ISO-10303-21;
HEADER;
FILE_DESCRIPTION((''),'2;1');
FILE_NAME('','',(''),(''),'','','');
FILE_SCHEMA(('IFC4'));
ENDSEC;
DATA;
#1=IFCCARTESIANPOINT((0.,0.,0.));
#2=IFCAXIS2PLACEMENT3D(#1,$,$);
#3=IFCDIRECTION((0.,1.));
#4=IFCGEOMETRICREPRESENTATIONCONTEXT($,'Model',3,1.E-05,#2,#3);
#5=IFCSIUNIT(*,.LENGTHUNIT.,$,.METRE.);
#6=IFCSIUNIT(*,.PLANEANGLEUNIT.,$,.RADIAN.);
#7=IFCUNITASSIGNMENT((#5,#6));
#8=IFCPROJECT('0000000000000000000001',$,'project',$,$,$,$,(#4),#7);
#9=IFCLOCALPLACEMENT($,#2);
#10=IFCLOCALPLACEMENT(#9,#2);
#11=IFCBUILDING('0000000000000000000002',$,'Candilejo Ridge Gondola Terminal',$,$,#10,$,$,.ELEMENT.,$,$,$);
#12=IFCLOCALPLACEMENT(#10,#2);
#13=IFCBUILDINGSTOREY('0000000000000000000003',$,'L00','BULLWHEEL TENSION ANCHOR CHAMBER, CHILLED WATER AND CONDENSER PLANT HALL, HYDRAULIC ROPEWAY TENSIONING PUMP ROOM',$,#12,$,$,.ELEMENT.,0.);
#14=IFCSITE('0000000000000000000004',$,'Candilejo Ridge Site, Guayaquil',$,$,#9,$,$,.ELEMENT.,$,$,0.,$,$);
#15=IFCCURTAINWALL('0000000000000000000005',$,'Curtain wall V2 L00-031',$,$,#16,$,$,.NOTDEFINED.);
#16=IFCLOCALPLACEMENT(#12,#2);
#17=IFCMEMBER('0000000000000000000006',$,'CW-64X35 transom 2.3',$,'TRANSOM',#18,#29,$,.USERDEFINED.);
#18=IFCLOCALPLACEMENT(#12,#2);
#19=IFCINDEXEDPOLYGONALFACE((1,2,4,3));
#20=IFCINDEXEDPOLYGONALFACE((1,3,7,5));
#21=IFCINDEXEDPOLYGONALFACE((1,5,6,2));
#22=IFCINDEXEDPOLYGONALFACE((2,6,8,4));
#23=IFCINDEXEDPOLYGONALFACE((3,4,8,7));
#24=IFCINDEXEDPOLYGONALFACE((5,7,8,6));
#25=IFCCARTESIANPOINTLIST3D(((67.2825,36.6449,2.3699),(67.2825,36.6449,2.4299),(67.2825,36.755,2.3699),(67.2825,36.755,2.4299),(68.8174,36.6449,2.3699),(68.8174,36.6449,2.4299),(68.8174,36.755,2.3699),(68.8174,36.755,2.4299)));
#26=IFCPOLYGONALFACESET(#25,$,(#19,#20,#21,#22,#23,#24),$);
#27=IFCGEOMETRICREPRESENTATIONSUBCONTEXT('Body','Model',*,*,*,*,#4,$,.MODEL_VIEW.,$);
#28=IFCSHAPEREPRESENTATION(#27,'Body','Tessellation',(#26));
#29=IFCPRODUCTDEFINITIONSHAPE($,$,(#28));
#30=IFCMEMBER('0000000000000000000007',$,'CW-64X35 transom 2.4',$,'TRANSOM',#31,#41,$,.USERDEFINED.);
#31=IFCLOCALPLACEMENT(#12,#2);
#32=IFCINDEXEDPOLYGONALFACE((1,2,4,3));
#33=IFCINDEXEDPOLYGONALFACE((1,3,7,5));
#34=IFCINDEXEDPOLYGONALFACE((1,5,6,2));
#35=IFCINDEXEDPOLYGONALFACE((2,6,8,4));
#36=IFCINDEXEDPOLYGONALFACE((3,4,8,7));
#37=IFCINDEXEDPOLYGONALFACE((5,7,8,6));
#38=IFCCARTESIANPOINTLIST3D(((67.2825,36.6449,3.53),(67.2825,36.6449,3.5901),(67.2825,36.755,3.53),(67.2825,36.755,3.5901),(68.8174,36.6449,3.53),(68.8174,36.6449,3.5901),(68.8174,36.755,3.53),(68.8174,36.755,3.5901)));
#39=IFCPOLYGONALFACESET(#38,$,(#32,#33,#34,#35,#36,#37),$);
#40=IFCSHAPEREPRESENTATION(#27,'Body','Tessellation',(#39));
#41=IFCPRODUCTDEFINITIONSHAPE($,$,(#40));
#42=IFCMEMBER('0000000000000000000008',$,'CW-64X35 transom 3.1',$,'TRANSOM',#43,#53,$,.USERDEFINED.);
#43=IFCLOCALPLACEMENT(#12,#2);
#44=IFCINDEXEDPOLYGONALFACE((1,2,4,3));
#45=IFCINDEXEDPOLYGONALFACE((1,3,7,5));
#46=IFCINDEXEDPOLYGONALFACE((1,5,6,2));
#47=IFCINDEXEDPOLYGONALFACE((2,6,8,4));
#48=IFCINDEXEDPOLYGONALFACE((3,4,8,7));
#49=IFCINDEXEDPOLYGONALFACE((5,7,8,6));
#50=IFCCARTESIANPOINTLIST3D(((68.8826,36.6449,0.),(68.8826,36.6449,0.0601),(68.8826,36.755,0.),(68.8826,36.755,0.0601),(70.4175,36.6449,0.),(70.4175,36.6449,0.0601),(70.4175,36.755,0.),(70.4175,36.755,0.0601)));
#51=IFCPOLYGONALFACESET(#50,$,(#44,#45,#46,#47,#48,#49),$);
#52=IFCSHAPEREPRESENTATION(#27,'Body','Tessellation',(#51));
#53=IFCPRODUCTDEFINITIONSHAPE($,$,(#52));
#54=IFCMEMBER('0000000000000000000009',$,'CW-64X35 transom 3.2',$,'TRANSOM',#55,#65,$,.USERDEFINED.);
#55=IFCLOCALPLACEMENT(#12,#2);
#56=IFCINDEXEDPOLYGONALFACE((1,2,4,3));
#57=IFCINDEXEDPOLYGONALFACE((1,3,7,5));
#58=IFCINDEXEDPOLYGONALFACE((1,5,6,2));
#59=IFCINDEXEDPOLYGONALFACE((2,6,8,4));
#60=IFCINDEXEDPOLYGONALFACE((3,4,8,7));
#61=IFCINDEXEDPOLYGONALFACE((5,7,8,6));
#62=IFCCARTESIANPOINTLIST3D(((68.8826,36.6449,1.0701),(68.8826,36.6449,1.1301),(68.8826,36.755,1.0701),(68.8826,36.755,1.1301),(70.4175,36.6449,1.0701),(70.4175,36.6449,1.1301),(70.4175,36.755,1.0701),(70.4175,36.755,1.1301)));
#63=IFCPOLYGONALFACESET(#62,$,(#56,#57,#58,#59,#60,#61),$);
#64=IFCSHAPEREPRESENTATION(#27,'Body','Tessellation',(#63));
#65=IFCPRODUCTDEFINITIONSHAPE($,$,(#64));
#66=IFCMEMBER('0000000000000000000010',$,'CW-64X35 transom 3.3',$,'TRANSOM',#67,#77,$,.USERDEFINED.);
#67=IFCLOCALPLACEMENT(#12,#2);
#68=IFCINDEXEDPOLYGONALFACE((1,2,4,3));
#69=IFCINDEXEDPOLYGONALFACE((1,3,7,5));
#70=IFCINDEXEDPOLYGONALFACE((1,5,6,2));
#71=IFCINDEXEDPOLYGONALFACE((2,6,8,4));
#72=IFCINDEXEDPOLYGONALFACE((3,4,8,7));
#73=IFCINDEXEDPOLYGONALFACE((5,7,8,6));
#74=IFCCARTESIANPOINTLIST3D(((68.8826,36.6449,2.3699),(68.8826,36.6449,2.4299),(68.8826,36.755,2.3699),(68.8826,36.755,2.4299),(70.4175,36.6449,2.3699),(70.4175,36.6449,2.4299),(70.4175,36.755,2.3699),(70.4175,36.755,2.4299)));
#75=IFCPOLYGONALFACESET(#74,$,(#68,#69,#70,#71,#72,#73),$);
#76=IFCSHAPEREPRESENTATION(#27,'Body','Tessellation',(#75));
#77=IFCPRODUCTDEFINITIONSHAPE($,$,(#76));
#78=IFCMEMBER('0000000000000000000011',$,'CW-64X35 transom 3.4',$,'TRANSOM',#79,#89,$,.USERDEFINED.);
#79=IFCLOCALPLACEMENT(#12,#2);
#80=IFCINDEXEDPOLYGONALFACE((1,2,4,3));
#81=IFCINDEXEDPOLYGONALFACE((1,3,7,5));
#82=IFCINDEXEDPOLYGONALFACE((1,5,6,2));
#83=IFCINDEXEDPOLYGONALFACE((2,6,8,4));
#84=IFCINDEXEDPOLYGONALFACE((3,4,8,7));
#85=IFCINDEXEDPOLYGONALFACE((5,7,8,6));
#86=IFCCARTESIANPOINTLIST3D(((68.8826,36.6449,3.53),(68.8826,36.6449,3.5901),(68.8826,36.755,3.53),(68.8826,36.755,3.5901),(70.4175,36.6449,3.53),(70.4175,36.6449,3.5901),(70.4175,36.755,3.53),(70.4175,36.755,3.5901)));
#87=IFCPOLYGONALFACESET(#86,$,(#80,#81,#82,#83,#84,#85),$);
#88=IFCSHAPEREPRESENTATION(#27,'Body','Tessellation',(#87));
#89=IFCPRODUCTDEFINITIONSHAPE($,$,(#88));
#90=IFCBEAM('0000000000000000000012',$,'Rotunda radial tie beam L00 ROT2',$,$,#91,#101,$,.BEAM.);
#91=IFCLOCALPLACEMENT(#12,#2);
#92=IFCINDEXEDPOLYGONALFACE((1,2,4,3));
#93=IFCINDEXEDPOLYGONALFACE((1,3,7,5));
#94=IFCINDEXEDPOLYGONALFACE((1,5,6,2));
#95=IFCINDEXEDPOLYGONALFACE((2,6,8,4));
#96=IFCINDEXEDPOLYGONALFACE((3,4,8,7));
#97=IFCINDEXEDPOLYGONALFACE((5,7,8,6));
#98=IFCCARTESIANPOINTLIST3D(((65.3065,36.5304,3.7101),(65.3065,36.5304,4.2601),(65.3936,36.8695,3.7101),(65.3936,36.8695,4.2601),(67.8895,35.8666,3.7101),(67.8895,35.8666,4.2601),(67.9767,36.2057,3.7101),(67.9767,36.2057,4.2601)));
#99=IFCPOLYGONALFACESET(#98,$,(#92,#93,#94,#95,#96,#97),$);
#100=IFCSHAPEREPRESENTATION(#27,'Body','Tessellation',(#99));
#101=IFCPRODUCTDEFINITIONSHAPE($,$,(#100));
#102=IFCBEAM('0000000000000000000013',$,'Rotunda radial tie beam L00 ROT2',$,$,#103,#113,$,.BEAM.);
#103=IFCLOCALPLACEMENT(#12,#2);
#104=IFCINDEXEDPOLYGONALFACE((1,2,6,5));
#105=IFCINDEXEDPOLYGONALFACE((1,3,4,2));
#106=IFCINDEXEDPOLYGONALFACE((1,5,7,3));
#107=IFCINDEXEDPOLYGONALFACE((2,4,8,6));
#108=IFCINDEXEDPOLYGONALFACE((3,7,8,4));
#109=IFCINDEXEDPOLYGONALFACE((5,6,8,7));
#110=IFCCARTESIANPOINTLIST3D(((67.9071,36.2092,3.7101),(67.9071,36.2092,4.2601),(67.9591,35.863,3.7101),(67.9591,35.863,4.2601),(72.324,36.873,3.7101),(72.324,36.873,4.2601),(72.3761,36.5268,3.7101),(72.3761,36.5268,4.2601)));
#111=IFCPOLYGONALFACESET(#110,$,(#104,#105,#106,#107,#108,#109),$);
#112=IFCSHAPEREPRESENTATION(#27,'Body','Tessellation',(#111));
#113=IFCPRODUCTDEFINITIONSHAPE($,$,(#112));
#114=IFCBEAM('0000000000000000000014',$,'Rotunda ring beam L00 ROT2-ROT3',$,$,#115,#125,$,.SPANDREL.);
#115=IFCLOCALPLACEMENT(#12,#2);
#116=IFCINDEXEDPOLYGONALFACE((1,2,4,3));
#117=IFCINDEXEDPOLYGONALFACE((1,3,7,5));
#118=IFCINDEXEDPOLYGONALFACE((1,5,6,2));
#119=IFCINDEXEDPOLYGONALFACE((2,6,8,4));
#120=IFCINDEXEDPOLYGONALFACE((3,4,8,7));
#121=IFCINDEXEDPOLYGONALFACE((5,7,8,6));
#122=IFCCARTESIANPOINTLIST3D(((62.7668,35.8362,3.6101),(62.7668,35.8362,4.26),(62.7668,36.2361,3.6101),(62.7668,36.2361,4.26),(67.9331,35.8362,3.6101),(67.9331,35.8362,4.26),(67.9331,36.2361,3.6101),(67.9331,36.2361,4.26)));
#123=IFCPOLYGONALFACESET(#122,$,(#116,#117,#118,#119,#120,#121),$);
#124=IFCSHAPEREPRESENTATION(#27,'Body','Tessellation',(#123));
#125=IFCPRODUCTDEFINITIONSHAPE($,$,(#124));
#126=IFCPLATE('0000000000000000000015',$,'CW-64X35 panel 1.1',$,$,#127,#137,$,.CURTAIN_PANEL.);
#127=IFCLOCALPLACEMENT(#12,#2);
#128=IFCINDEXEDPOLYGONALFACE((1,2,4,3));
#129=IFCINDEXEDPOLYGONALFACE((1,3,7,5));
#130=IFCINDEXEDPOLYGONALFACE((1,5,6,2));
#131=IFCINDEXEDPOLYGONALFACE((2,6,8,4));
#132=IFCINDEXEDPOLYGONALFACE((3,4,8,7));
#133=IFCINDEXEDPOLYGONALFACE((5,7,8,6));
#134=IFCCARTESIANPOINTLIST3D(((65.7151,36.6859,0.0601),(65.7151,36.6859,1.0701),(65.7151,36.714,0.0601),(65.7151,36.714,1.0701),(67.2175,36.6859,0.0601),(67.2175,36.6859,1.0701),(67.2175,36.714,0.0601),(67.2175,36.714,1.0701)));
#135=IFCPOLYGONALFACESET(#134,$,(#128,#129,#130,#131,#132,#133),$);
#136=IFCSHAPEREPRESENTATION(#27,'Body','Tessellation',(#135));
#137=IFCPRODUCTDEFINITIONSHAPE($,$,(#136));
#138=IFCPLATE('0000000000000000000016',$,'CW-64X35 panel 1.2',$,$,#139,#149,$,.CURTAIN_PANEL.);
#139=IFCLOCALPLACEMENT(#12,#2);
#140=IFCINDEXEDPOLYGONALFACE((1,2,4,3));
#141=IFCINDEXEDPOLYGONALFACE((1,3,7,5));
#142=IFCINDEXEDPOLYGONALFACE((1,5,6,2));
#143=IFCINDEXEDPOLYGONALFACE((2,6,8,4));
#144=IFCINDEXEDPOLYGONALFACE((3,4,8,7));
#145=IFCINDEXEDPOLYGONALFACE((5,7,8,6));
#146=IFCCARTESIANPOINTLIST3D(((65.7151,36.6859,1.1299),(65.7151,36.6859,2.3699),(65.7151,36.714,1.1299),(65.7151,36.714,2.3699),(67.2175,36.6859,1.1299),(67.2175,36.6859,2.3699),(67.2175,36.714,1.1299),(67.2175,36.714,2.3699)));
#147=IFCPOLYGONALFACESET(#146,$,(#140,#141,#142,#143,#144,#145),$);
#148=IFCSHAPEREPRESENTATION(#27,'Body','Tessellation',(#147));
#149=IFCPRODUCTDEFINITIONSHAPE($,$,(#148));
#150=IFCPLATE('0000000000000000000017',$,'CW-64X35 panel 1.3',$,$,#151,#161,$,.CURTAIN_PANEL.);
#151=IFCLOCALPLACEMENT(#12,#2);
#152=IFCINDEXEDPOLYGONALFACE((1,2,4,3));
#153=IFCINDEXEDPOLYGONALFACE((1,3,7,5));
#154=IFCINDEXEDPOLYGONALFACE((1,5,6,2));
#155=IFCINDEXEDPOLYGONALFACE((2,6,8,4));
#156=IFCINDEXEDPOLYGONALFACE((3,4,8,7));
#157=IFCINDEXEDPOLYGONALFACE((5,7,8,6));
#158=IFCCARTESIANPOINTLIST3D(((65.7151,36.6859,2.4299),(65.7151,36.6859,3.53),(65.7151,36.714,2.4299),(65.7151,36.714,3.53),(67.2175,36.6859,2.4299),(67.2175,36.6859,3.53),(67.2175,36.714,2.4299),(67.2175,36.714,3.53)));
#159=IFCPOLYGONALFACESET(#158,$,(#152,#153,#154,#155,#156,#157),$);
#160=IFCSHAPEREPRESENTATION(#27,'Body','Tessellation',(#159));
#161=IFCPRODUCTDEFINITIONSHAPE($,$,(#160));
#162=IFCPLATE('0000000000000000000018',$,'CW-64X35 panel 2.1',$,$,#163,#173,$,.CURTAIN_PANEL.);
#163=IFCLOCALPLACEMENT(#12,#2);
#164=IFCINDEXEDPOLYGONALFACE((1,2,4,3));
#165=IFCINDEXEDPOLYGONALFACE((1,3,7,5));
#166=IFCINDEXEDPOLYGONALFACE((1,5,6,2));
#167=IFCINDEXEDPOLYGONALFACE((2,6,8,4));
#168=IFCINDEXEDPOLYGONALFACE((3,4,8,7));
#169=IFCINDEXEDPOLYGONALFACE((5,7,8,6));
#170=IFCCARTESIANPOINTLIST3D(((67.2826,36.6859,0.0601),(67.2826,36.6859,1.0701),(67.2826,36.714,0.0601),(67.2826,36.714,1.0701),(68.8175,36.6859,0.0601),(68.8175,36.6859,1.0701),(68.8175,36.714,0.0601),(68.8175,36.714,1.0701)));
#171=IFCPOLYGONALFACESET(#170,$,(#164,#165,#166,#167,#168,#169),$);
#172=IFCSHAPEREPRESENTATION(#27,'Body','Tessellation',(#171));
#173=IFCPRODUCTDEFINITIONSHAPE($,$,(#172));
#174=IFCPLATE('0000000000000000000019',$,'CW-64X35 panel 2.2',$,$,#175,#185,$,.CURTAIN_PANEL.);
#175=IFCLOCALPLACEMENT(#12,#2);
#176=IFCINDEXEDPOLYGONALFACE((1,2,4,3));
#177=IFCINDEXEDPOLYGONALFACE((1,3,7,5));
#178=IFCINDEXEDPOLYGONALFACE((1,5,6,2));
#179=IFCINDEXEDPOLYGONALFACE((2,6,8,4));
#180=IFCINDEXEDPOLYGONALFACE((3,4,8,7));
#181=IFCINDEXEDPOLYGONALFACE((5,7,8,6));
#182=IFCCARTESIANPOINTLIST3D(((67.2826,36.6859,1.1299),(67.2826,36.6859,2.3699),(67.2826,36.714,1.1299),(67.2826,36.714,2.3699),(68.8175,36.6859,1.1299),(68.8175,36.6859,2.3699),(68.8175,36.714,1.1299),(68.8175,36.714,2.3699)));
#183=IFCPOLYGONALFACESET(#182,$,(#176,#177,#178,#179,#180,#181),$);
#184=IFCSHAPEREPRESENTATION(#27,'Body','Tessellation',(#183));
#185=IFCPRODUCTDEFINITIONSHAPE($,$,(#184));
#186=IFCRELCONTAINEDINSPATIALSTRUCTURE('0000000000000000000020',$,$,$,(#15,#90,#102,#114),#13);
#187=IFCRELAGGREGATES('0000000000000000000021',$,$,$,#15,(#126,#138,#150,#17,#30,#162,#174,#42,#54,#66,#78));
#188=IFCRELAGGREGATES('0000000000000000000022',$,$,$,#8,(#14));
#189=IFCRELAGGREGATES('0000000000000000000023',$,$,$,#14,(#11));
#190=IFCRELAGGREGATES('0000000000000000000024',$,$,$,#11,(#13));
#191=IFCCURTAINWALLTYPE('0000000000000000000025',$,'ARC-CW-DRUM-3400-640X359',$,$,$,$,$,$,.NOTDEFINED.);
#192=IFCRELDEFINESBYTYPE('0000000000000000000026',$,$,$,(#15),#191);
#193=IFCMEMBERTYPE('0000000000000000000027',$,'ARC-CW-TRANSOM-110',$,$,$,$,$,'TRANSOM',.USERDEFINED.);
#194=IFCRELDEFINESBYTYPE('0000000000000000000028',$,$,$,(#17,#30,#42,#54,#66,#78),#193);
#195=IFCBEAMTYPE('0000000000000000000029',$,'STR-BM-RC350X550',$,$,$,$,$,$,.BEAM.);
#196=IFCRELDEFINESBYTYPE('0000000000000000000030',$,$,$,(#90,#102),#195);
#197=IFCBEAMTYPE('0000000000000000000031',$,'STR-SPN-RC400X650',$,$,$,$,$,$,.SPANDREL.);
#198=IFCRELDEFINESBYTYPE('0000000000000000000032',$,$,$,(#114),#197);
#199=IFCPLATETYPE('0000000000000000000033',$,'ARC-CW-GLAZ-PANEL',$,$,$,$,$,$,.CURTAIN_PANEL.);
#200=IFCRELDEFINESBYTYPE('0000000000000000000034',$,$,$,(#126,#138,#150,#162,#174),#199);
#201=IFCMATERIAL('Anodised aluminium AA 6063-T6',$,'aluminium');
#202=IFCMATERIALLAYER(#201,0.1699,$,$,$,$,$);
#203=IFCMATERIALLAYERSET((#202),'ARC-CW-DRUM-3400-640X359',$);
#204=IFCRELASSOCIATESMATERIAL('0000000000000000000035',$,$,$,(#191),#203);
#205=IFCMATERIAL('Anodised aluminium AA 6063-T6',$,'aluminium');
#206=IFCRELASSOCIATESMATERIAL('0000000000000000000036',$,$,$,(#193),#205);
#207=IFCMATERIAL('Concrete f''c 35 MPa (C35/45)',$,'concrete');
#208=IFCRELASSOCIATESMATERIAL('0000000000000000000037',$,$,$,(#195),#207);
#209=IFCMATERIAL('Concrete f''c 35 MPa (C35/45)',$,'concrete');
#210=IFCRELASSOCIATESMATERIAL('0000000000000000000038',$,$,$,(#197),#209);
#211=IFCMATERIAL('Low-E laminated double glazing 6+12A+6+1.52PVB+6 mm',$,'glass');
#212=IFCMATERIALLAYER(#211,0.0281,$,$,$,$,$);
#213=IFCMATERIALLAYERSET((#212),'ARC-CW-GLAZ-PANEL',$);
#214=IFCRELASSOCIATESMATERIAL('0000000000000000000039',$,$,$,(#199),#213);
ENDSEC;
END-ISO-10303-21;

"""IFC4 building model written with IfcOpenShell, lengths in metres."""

from ifc_helpers import new_model, si_unit, direction, frame, origin, origin_2d, place, context, subcontext, project, spatial, rectangle, extrude, material, layer, layer_set, material_profile, profile_set, type_object, element, aggregate, save


model = new_model("IFC4")

# Units and contexts
model_context = context("Model", 3, precision=1e-05, world=origin(), true_north=direction((0.0, 1.0)))
body_context = subcontext(model_context, "Body", "Model", "MODEL_VIEW")
ifc_project = project(units=[si_unit("LENGTHUNIT", "METRE"), si_unit("PLANEANGLEUNIT", "RADIAN")], contexts=[model_context])

# Site, building, storey
site_placement = place(None, origin())
site = spatial("IfcSite", under=ifc_project, at=site_placement, Name="Candilejo Ridge Site, Guayaquil", CompositionType="ELEMENT", RefElevation=0.0)
building_placement = place(site_placement, origin())
building = spatial("IfcBuilding", under=site, at=building_placement, Name="Candilejo Ridge Gondola Terminal", CompositionType="ELEMENT")
storey_placement = place(building_placement, origin())
storey = spatial("IfcBuildingStorey", under=building, at=storey_placement, Name="L00", Description="BULLWHEEL TENSION ANCHOR CHAMBER, CHILLED WATER AND CONDENSER PLANT HALL, HYDRAULIC ROPEWAY TENSIONING PUMP ROOM", CompositionType="ELEMENT", Elevation=0.0)

# Curtain wall, members
ifc_material_1 = material(Name="Anodised aluminium AA 6063-T6", Category="aluminium")
ifc_layer_1 = layer(ifc_material_1, 0.1699)
ifc_layer_set_1 = layer_set([ifc_layer_1], Name="ARC-CW-DRUM-3400-640X359")
curtain_wall_type = type_object("IfcCurtainWallType", Name="ARC-CW-DRUM-3400-640X359", PredefinedType="NOTDEFINED", material=ifc_layer_set_1)
curtain_wall_placement = place(storey_placement, origin())
curtain_wall = element("IfcCurtainWall", 1, at=curtain_wall_placement, inside=storey, type_object=curtain_wall_type, Name="Curtain wall V2 L00-031", PredefinedType="NOTDEFINED")
ifc_material_2 = material(Name="Anodised aluminium AA 6063-T6", Category="aluminium")
ifc_material_profile_1 = material_profile(ifc_material_2, rectangle(XDim=0.1101, YDim=0.0601, at=origin_2d()))
ifc_profile_set_1 = profile_set([ifc_material_profile_1], Name="Anodised aluminium AA 6063-T6")
member_type_1 = type_object("IfcMemberType", Name="ARC-CW-TRANSOM-110", ElementType="TRANSOM", PredefinedType="USERDEFINED", material=ifc_profile_set_1)
member_1_placement = place(storey_placement, frame((67.2825, 36.7, 2.3999), z_axis=(1.0, 0.0, 0.0), x_axis=(0.0, 1.0, 0.0)))
member_1 = element("IfcMember", 2, at=member_1_placement, type_object=member_type_1, Name="CW-64X35 transom 2.3", ObjectType="TRANSOM", PredefinedType="USERDEFINED", context=body_context, shape_type="SweptSolid", body=[
    extrude(rectangle(XDim=0.1101, YDim=0.0601, at=origin_2d()), origin(), (0.0, 0.0, 1.0), 1.5349),
])
member_2_placement = place(storey_placement, frame((67.2825, 36.7, 3.5601), z_axis=(1.0, 0.0, 0.0), x_axis=(0.0, 1.0, 0.0)))
member_2 = element("IfcMember", 3, at=member_2_placement, type_object=member_type_1, Name="CW-64X35 transom 2.4", ObjectType="TRANSOM", PredefinedType="USERDEFINED", context=body_context, shape_type="SweptSolid", body=[
    extrude(rectangle(XDim=0.1101, YDim=0.0601, at=origin_2d()), origin(), (0.0, 0.0, 1.0), 1.5349),
])
member_3_placement = place(storey_placement, frame((68.8826, 36.7, 0.03), z_axis=(1.0, 0.0, 0.0), x_axis=(0.0, 1.0, 0.0)))
member_3 = element("IfcMember", 4, at=member_3_placement, type_object=member_type_1, Name="CW-64X35 transom 3.1", ObjectType="TRANSOM", PredefinedType="USERDEFINED", context=body_context, shape_type="SweptSolid", body=[
    extrude(rectangle(XDim=0.1101, YDim=0.0601, at=origin_2d()), origin(), (0.0, 0.0, 1.0), 1.5349),
])
member_4_placement = place(storey_placement, frame((68.8826, 36.7, 1.1001), z_axis=(1.0, 0.0, 0.0), x_axis=(0.0, 1.0, 0.0)))
member_4 = element("IfcMember", 5, at=member_4_placement, type_object=member_type_1, Name="CW-64X35 transom 3.2", ObjectType="TRANSOM", PredefinedType="USERDEFINED", context=body_context, shape_type="SweptSolid", body=[
    extrude(rectangle(XDim=0.1101, YDim=0.0601, at=origin_2d()), origin(), (0.0, 0.0, 1.0), 1.5349),
])
member_5_placement = place(storey_placement, frame((68.8826, 36.7, 2.3999), z_axis=(1.0, 0.0, 0.0), x_axis=(0.0, 1.0, 0.0)))
member_5 = element("IfcMember", 6, at=member_5_placement, type_object=member_type_1, Name="CW-64X35 transom 3.3", ObjectType="TRANSOM", PredefinedType="USERDEFINED", context=body_context, shape_type="SweptSolid", body=[
    extrude(rectangle(XDim=0.1101, YDim=0.0601, at=origin_2d()), origin(), (0.0, 0.0, 1.0), 1.5349),
])
member_6_placement = place(storey_placement, frame((68.8826, 36.7, 3.5601), z_axis=(1.0, 0.0, 0.0), x_axis=(0.0, 1.0, 0.0)))
member_6 = element("IfcMember", 7, at=member_6_placement, type_object=member_type_1, Name="CW-64X35 transom 3.4", ObjectType="TRANSOM", PredefinedType="USERDEFINED", context=body_context, shape_type="SweptSolid", body=[
    extrude(rectangle(XDim=0.1101, YDim=0.0601, at=origin_2d()), origin(), (0.0, 0.0, 1.0), 1.5349),
])

# Beams
ifc_material_3 = material(Name="Concrete f'c 35 MPa (C35/45)", Category="concrete")
ifc_material_profile_2 = material_profile(ifc_material_3, rectangle(XDim=0.3501, YDim=0.55, at=origin_2d()))
ifc_profile_set_2 = profile_set([ifc_material_profile_2], Name="Concrete f'c 35 MPa (C35/45)")
beam_type_1 = type_object("IfcBeamType", Name="STR-BM-RC350X550", PredefinedType="BEAM", material=ifc_profile_set_2)
beam_1_placement = place(storey_placement, frame((67.9331, 36.0361, 3.9851), z_axis=(-0.968528, 0.248906, 0.0), x_axis=(-0.248906, -0.968528, 0.0)))
element("IfcBeam", 8, at=beam_1_placement, inside=storey, type_object=beam_type_1, Name="Rotunda radial tie beam L00 ROT2", PredefinedType="BEAM", context=body_context, shape_type="SweptSolid", body=[
    extrude(rectangle(XDim=0.3501, YDim=0.55, at=origin_2d()), origin(), (0.0, 0.0, 1.0), 2.667),
])
beam_2_placement = place(storey_placement, frame((67.9331, 36.0361, 3.9851), z_axis=(0.988895, 0.148618, 0.0), x_axis=(-0.148618, 0.988895, 0.0)))
element("IfcBeam", 9, at=beam_2_placement, inside=storey, type_object=beam_type_1, Name="Rotunda radial tie beam L00 ROT2", PredefinedType="BEAM", context=body_context, shape_type="SweptSolid", body=[
    extrude(rectangle(XDim=0.3501, YDim=0.55, at=origin_2d()), origin(), (0.0, 0.0, 1.0), 4.4666),
])
ifc_material_4 = material(Name="Concrete f'c 35 MPa (C35/45)", Category="concrete")
ifc_material_profile_3 = material_profile(ifc_material_4, rectangle(XDim=0.3999, YDim=0.6499, at=origin_2d()))
ifc_profile_set_3 = profile_set([ifc_material_profile_3], Name="Concrete f'c 35 MPa (C35/45)")
beam_type_2 = type_object("IfcBeamType", Name="STR-SPN-RC400X650", PredefinedType="SPANDREL", material=ifc_profile_set_3)
beam_3_placement = place(storey_placement, frame((67.9331, 36.0361, 3.9351), z_axis=(-1.0, 0.0, 0.0), x_axis=(0.0, -1.0, 0.0)))
element("IfcBeam", 10, at=beam_3_placement, inside=storey, type_object=beam_type_2, Name="Rotunda ring beam L00 ROT2-ROT3", PredefinedType="SPANDREL", context=body_context, shape_type="SweptSolid", body=[
    extrude(rectangle(XDim=0.3999, YDim=0.6499, at=origin_2d()), origin(), (0.0, 0.0, 1.0), 5.1663),
])

# Plates
ifc_material_5 = material(Name="Low-E laminated double glazing 6+12A+6+1.52PVB+6 mm", Category="glass")
ifc_layer_2 = layer(ifc_material_5, 0.0281)
ifc_layer_set_2 = layer_set([ifc_layer_2], Name="ARC-CW-GLAZ-PANEL")
plate_type = type_object("IfcPlateType", Name="ARC-CW-GLAZ-PANEL", PredefinedType="CURTAIN_PANEL", material=ifc_layer_set_2)
plate_1_placement = place(storey_placement, frame((66.4663, 36.7, 0.0601), z_axis=(0.0, 0.0, 1.0), x_axis=(1.0, 0.0, 0.0)))
plate_1 = element("IfcPlate", 11, at=plate_1_placement, type_object=plate_type, Name="CW-64X35 panel 1.1", PredefinedType="CURTAIN_PANEL", context=body_context, shape_type="SweptSolid", body=[
    extrude(rectangle(XDim=1.5024, YDim=0.0281, at=origin_2d()), origin(), (0.0, 0.0, 1.0), 1.01),
])
plate_2_placement = place(storey_placement, frame((66.4663, 36.7, 1.1299), z_axis=(0.0, 0.0, 1.0), x_axis=(1.0, 0.0, 0.0)))
plate_2 = element("IfcPlate", 12, at=plate_2_placement, type_object=plate_type, Name="CW-64X35 panel 1.2", PredefinedType="CURTAIN_PANEL", context=body_context, shape_type="SweptSolid", body=[
    extrude(rectangle(XDim=1.5024, YDim=0.0281, at=origin_2d()), origin(), (0.0, 0.0, 1.0), 1.24),
])
plate_3_placement = place(storey_placement, frame((66.4663, 36.7, 2.4299), z_axis=(0.0, 0.0, 1.0), x_axis=(1.0, 0.0, 0.0)))
plate_3 = element("IfcPlate", 13, at=plate_3_placement, type_object=plate_type, Name="CW-64X35 panel 1.3", PredefinedType="CURTAIN_PANEL", context=body_context, shape_type="SweptSolid", body=[
    extrude(rectangle(XDim=1.5024, YDim=0.0281, at=origin_2d()), origin(), (0.0, 0.0, 1.0), 1.1001),
])
plate_4_placement = place(storey_placement, frame((68.05, 36.7, 0.0601), z_axis=(0.0, 0.0, 1.0), x_axis=(1.0, 0.0, 0.0)))
plate_4 = element("IfcPlate", 14, at=plate_4_placement, type_object=plate_type, Name="CW-64X35 panel 2.1", PredefinedType="CURTAIN_PANEL", context=body_context, shape_type="SweptSolid", body=[
    extrude(rectangle(XDim=1.5349, YDim=0.0281, at=origin_2d()), origin(), (0.0, 0.0, 1.0), 1.01),
])
plate_5_placement = place(storey_placement, frame((68.05, 36.7, 1.1299), z_axis=(0.0, 0.0, 1.0), x_axis=(1.0, 0.0, 0.0)))
plate_5 = element("IfcPlate", 15, at=plate_5_placement, type_object=plate_type, Name="CW-64X35 panel 2.2", PredefinedType="CURTAIN_PANEL", context=body_context, shape_type="SweptSolid", body=[
    extrude(rectangle(XDim=1.5349, YDim=0.0281, at=origin_2d()), origin(), (0.0, 0.0, 1.0), 1.24),
])
aggregate(curtain_wall, [plate_1, plate_2, plate_3, member_1, member_2, plate_4, plate_5, member_3, member_4, member_5, member_6])

save(model, "model.ifc")
